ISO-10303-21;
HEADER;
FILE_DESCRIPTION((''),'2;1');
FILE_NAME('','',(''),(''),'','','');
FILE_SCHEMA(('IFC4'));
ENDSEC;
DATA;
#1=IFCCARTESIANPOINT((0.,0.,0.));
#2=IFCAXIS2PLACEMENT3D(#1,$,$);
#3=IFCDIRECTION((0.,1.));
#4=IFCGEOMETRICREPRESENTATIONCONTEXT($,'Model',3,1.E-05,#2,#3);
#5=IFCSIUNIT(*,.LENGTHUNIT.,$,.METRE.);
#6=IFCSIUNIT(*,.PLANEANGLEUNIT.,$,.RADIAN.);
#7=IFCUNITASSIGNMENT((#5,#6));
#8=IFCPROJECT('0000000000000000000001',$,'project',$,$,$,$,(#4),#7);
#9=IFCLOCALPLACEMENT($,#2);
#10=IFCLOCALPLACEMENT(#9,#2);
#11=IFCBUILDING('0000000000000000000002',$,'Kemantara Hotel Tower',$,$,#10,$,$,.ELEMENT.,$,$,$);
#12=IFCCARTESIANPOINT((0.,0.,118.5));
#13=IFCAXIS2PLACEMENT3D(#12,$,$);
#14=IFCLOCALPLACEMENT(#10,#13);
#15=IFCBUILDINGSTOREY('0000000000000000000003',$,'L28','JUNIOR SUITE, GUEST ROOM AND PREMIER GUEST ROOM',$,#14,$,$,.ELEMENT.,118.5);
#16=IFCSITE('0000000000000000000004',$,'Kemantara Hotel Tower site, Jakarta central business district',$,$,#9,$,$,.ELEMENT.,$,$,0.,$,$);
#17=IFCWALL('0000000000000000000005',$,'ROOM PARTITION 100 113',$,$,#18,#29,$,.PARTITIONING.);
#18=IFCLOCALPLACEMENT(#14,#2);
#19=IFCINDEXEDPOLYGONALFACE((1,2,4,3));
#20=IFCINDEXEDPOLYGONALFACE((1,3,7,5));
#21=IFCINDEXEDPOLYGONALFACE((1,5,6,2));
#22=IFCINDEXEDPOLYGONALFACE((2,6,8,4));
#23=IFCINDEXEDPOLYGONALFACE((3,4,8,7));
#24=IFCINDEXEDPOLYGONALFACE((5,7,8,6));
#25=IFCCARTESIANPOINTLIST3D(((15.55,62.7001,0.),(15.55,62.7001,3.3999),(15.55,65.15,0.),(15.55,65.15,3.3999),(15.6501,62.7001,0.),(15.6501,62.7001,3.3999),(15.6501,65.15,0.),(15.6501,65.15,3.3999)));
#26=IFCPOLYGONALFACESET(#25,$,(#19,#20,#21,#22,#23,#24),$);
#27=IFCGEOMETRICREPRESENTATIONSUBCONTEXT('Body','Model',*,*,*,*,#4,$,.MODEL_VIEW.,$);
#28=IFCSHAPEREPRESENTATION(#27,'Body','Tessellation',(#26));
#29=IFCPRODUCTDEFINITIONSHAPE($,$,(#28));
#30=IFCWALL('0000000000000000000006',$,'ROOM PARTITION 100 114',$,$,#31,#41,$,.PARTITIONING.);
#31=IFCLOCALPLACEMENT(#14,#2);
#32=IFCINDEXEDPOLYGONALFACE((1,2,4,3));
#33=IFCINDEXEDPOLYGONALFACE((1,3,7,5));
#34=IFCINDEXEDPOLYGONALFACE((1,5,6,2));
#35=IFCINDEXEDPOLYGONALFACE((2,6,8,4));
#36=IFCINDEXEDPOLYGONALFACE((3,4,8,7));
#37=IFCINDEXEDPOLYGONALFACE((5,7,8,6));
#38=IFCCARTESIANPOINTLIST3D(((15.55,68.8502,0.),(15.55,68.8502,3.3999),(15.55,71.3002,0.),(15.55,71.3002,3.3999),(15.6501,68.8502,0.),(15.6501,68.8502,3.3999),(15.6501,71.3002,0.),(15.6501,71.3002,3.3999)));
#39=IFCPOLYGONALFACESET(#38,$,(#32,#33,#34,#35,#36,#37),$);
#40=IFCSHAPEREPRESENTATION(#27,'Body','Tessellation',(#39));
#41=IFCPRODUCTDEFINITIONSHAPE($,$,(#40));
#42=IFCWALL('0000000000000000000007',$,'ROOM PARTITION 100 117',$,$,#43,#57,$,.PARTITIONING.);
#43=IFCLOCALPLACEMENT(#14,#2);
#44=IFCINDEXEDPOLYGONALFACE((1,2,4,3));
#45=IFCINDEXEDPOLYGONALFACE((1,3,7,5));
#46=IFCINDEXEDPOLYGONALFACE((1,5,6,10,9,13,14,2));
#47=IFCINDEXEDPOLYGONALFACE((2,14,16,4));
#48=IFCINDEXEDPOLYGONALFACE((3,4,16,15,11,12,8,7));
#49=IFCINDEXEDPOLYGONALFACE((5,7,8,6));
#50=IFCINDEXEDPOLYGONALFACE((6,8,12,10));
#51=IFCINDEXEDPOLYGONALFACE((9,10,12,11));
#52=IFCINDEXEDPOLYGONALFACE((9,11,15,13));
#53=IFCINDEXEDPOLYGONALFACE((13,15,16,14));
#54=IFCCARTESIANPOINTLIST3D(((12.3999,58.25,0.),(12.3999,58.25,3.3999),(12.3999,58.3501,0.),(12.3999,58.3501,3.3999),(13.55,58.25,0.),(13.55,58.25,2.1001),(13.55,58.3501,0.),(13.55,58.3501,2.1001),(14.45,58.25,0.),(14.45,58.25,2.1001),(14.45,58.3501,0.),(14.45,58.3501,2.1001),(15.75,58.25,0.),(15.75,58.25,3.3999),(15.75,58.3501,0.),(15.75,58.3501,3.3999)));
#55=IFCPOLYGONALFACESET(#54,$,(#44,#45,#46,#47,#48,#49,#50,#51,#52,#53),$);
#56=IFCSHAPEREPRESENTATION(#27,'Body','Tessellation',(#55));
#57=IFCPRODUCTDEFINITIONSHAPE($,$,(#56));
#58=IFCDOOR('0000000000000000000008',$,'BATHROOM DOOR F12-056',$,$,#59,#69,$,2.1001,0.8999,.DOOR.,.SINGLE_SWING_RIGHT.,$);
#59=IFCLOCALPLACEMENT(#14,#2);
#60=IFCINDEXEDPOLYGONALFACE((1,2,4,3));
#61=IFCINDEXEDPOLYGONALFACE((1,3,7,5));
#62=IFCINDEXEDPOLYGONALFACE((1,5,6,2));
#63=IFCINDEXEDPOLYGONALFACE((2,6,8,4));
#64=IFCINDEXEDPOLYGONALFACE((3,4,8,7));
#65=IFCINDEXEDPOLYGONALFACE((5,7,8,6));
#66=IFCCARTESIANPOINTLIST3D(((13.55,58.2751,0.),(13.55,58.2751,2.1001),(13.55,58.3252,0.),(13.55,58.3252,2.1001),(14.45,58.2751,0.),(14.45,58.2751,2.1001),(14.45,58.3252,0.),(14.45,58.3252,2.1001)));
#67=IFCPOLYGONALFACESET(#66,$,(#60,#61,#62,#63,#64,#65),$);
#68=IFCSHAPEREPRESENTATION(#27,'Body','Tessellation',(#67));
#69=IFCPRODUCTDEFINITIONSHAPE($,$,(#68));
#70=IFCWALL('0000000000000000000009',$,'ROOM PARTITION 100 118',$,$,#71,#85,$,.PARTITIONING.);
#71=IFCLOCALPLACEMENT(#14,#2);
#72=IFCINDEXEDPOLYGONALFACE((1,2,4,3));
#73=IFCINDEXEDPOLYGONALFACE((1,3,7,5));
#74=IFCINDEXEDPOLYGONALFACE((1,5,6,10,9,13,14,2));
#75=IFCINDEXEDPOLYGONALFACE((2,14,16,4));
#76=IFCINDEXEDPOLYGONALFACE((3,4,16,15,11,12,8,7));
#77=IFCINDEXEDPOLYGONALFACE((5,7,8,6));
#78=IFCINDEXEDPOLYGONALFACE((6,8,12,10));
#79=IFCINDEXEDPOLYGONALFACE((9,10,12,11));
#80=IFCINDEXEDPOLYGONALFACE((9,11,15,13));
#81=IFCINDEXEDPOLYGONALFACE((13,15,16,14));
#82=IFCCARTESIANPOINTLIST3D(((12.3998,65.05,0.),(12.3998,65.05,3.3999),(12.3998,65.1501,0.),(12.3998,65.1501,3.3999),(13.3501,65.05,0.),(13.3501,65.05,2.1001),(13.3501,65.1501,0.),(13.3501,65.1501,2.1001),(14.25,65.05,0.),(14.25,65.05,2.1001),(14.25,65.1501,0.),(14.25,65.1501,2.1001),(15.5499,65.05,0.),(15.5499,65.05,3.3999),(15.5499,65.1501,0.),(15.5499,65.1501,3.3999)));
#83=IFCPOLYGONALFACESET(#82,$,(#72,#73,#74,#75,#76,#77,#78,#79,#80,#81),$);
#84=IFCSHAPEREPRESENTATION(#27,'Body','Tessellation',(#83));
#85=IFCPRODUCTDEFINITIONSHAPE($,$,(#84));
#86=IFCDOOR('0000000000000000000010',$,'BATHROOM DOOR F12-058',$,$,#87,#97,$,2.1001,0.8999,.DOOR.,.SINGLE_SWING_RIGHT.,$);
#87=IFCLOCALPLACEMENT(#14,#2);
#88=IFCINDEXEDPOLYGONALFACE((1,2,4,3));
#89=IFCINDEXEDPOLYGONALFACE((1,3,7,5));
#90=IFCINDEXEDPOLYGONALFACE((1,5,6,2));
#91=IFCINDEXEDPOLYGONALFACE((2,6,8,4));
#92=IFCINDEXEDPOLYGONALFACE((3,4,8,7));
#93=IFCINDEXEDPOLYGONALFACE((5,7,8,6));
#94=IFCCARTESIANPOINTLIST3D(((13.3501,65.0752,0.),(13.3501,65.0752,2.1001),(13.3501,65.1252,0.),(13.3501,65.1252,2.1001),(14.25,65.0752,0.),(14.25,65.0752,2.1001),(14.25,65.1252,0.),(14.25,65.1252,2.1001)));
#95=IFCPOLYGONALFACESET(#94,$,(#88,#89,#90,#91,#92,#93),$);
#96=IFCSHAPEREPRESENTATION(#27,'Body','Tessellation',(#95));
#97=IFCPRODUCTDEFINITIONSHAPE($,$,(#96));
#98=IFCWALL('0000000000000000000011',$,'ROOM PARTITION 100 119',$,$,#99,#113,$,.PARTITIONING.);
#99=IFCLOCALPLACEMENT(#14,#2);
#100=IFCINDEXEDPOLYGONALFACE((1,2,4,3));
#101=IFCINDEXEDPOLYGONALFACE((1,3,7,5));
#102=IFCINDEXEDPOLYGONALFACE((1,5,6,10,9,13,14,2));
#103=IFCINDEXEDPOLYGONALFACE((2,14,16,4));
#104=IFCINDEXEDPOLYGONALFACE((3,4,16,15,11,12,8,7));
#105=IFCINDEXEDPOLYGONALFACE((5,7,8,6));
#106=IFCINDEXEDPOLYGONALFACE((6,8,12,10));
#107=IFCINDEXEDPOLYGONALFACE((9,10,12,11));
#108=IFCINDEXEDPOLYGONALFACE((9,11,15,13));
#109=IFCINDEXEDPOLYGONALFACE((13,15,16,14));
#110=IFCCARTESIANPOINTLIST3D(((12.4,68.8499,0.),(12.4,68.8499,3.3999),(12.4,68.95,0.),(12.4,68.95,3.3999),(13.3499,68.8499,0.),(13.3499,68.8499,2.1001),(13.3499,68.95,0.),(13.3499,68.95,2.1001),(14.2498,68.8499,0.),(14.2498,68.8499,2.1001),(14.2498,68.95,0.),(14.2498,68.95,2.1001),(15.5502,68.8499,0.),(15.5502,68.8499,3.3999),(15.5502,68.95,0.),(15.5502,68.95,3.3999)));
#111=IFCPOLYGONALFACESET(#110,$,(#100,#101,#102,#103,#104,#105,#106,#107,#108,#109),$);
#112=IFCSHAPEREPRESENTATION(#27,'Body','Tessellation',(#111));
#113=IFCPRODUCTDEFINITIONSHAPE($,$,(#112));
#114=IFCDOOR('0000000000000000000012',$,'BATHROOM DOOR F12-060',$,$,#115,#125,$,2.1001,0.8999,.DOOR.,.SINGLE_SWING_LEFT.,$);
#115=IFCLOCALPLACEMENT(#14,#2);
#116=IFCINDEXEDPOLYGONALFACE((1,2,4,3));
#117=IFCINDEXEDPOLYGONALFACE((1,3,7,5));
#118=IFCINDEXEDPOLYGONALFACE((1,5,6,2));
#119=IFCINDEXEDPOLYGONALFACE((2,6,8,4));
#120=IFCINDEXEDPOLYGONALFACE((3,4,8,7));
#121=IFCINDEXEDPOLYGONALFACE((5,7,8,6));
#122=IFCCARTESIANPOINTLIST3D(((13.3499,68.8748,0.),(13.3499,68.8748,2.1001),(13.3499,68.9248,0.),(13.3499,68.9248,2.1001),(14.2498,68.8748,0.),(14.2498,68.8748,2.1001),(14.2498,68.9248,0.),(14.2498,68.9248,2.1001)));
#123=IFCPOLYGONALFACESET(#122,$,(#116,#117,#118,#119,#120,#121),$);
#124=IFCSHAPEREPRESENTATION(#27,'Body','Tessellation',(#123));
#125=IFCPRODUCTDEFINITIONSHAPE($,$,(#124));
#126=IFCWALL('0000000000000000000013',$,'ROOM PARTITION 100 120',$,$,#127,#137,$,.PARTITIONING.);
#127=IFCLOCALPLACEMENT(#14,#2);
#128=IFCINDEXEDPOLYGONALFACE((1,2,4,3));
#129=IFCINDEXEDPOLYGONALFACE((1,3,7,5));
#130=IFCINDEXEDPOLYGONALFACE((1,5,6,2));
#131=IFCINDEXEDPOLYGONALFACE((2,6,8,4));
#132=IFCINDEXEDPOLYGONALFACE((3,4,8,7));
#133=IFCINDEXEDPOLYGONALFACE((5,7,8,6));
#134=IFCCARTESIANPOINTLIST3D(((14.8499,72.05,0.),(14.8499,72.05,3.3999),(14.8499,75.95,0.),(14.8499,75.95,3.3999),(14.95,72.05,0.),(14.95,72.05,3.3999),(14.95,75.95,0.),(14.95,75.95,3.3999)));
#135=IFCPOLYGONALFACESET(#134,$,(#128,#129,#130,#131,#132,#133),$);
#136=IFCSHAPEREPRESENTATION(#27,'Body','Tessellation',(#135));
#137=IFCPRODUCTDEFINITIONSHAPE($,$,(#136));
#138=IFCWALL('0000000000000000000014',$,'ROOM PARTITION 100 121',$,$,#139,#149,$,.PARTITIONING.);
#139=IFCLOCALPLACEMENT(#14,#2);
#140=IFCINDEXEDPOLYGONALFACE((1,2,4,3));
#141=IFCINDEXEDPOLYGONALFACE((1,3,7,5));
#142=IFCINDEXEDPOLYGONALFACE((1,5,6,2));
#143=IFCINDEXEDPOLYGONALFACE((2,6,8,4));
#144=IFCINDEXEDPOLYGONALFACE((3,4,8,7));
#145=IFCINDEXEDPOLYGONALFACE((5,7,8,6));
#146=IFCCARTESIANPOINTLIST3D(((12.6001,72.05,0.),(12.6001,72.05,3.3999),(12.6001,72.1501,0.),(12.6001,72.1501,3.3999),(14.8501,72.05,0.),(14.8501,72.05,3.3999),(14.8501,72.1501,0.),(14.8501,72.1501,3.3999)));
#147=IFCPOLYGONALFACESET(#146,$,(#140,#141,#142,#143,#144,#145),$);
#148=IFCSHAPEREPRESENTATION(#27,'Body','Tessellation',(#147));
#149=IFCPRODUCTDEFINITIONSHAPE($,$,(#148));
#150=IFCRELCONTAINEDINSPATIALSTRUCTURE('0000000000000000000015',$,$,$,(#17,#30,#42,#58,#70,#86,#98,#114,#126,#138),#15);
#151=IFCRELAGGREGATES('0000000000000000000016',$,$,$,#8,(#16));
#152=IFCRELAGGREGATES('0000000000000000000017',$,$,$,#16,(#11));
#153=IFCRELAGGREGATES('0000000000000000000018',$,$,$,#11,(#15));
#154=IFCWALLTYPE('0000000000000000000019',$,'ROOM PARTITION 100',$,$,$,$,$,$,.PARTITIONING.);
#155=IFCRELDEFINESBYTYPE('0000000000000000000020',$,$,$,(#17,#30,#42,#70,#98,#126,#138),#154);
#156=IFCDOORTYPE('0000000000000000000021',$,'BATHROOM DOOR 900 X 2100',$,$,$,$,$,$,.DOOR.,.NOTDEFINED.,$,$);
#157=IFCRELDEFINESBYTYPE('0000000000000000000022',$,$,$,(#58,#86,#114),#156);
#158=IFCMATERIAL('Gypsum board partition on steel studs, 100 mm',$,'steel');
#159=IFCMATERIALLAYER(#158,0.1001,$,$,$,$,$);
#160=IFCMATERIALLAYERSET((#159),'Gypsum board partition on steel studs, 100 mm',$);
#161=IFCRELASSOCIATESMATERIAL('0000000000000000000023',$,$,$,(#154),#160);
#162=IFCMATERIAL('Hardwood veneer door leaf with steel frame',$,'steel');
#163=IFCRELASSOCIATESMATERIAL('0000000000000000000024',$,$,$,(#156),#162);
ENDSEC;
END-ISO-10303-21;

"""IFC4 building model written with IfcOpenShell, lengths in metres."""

from ifc_helpers import new_model, si_unit, direction, frame, frame_2d, origin, place, context, subcontext, project, spatial, rectangle, extrude, material, layer, layer_set, type_object, element, fill, save


model = new_model("IFC4")

# Units and contexts
model_context = context("Model", 3, precision=1e-05, world=origin(), true_north=direction((0.0, 1.0)))
body_context = subcontext(model_context, "Body", "Model", "MODEL_VIEW")
ifc_project = project(units=[si_unit("LENGTHUNIT", "METRE"), si_unit("PLANEANGLEUNIT", "RADIAN")], contexts=[model_context])

# Site, building, storey
site_placement = place(None, origin())
site = spatial("IfcSite", under=ifc_project, at=site_placement, Name="Kemantara Hotel Tower site, Jakarta central business district", CompositionType="ELEMENT", RefElevation=0.0)
building_placement = place(site_placement, origin())
building = spatial("IfcBuilding", under=site, at=building_placement, Name="Kemantara Hotel Tower", CompositionType="ELEMENT")
storey_placement = place(building_placement, frame((0.0, 0.0, 118.5)))
storey = spatial("IfcBuildingStorey", under=building, at=storey_placement, Name="L28", Description="JUNIOR SUITE, GUEST ROOM AND PREMIER GUEST ROOM", CompositionType="ELEMENT", Elevation=118.5)

# Walls
ifc_material_1 = material(Name="Gypsum board partition on steel studs, 100 mm", Category="steel")
ifc_layer_1 = layer(ifc_material_1, 0.1001)
ifc_layer_set_1 = layer_set([ifc_layer_1], Name="Gypsum board partition on steel studs, 100 mm")
wall_type_1 = type_object("IfcWallType", Name="ROOM PARTITION 100", PredefinedType="PARTITIONING", material=ifc_layer_set_1)
for number, where, z_axis, x_axis, name in (
    (1, (15.6001, 62.7, 0.0), (0.0, 0.0, 1.0), (0.0, 1.0, 0.0), "ROOM PARTITION 100 113"),
    (2, (15.6001, 68.8501, 0.0), (0.0, 0.0, 1.0), (0.0, 1.0, 0.0), "ROOM PARTITION 100 114"),
):
    element("IfcWall", number, at=place(storey_placement, frame(where, z_axis=z_axis, x_axis=x_axis)), inside=storey, type_object=wall_type_1, Name=name, PredefinedType="PARTITIONING", context=body_context, shape_type="SweptSolid", body=[
        extrude(rectangle(XDim=2.45, YDim=0.1001, at=frame_2d((1.2251, 0.0))), origin(), (0.0, 0.0, 1.0), 3.3999),
    ])

# Walls, openings, doors
wall_1_placement = place(storey_placement, frame((15.75, 58.3, 0.0), z_axis=(0.0, 0.0, 1.0), x_axis=(-1.0, 0.0, 0.0)))
wall_1 = element("IfcWall", 3, at=wall_1_placement, inside=storey, type_object=wall_type_1, Name="ROOM PARTITION 100 117", PredefinedType="PARTITIONING", context=body_context, shape_type="SweptSolid", body=[
    extrude(rectangle(XDim=3.3501, YDim=0.1001, at=frame_2d((1.675, 0.0))), origin(), (0.0, 0.0, 1.0), 3.3999),
])
opening_1_placement = place(wall_1_placement, frame((1.3, 0.0, 0.0)))
opening_1 = element("IfcOpeningElement", 4, at=opening_1_placement, cuts=wall_1, PredefinedType="OPENING", context=body_context, shape_type="SweptSolid", body=[
    extrude(rectangle(XDim=0.8999, YDim=2.1001, at=frame_2d((0.45, 1.05))), frame((0.0, 0.0601, 0.0), z_axis=(0.0, -1.0, 0.0), x_axis=(1.0, 0.0, 0.0)), (0.0, 0.0, 1.0), 0.1201),
])
ifc_material_2 = material(Name="Hardwood veneer door leaf with steel frame", Category="steel")
door_type = type_object("IfcDoorType", Name="BATHROOM DOOR 900 X 2100", OperationType="NOTDEFINED", PredefinedType="DOOR", material=ifc_material_2)
door_1_placement = place(opening_1_placement, origin())
door_1 = element("IfcDoor", 5, at=door_1_placement, inside=storey, type_object=door_type, Name="BATHROOM DOOR F12-056", OperationType="SINGLE_SWING_RIGHT", OverallHeight=2.1001, OverallWidth=0.8999, PredefinedType="DOOR", context=body_context, shape_type="SweptSolid", body=[
    extrude(rectangle(XDim=0.8999, YDim=2.1001, at=frame_2d((0.45, 1.05))), frame((0.0, 0.0249, 0.0), z_axis=(0.0, -1.0, 0.0), x_axis=(1.0, 0.0, 0.0)), (0.0, 0.0, 1.0), 0.05),
])
fill(opening_1, door_1)
wall_2_placement = place(storey_placement, frame((15.55, 65.1001, 0.0), z_axis=(0.0, 0.0, 1.0), x_axis=(-1.0, 0.0, 0.0)))
wall_2 = element("IfcWall", 6, at=wall_2_placement, inside=storey, type_object=wall_type_1, Name="ROOM PARTITION 100 118", PredefinedType="PARTITIONING", context=body_context, shape_type="SweptSolid", body=[
    extrude(rectangle(XDim=3.1501, YDim=0.1001, at=frame_2d((1.5752, 0.0))), origin(), (0.0, 0.0, 1.0), 3.3999),
])
opening_2_placement = place(wall_2_placement, frame((1.3, 0.0, 0.0)))
opening_2 = element("IfcOpeningElement", 7, at=opening_2_placement, cuts=wall_2, PredefinedType="OPENING", context=body_context, shape_type="SweptSolid", body=[
    extrude(rectangle(XDim=0.8999, YDim=2.1001, at=frame_2d((0.45, 1.05))), frame((0.0, 0.0601, 0.0), z_axis=(0.0, -1.0, 0.0), x_axis=(1.0, 0.0, 0.0)), (0.0, 0.0, 1.0), 0.1201),
])
door_2_placement = place(opening_2_placement, origin())
door_2 = element("IfcDoor", 8, at=door_2_placement, inside=storey, type_object=door_type, Name="BATHROOM DOOR F12-058", OperationType="SINGLE_SWING_RIGHT", OverallHeight=2.1001, OverallWidth=0.8999, PredefinedType="DOOR", context=body_context, shape_type="SweptSolid", body=[
    extrude(rectangle(XDim=0.8999, YDim=2.1001, at=frame_2d((0.45, 1.05))), frame((0.0, 0.0249, 0.0), z_axis=(0.0, -1.0, 0.0), x_axis=(1.0, 0.0, 0.0)), (0.0, 0.0, 1.0), 0.05),
])
fill(opening_2, door_2)
wall_3_placement = place(storey_placement, frame((12.3999, 68.8999, 0.0), z_axis=(0.0, 0.0, 1.0), x_axis=(1.0, 0.0, 0.0)))
wall_3 = element("IfcWall", 9, at=wall_3_placement, inside=storey, type_object=wall_type_1, Name="ROOM PARTITION 100 119", PredefinedType="PARTITIONING", context=body_context, shape_type="SweptSolid", body=[
    extrude(rectangle(XDim=3.1501, YDim=0.1001, at=frame_2d((1.5752, 0.0))), origin(), (0.0, 0.0, 1.0), 3.3999),
])
opening_3_placement = place(wall_3_placement, frame((0.95, 0.0, 0.0)))
opening_3 = element("IfcOpeningElement", 10, at=opening_3_placement, cuts=wall_3, PredefinedType="OPENING", context=body_context, shape_type="SweptSolid", body=[
    extrude(rectangle(XDim=0.8999, YDim=2.1001, at=frame_2d((0.45, 1.05))), frame((0.0, 0.0601, 0.0), z_axis=(0.0, -1.0, 0.0), x_axis=(1.0, 0.0, 0.0)), (0.0, 0.0, 1.0), 0.1201),
])
door_3_placement = place(opening_3_placement, origin())
door_3 = element("IfcDoor", 11, at=door_3_placement, inside=storey, type_object=door_type, Name="BATHROOM DOOR F12-060", OperationType="SINGLE_SWING_LEFT", OverallHeight=2.1001, OverallWidth=0.8999, PredefinedType="DOOR", context=body_context, shape_type="SweptSolid", body=[
    extrude(rectangle(XDim=0.8999, YDim=2.1001, at=frame_2d((0.45, 1.05))), frame((0.0, 0.0249, 0.0), z_axis=(0.0, -1.0, 0.0), x_axis=(1.0, 0.0, 0.0)), (0.0, 0.0, 1.0), 0.05),
])
fill(opening_3, door_3)

# Walls
wall_4_placement = place(storey_placement, frame((14.8999, 72.05, 0.0), z_axis=(0.0, 0.0, 1.0), x_axis=(0.0, 1.0, 0.0)))
element("IfcWall", 12, at=wall_4_placement, inside=storey, type_object=wall_type_1, Name="ROOM PARTITION 100 120", PredefinedType="PARTITIONING", context=body_context, shape_type="SweptSolid", body=[
    extrude(rectangle(XDim=3.8999, YDim=0.1001, at=frame_2d((1.95, 0.0))), origin(), (0.0, 0.0, 1.0), 3.3999),
])
wall_5_placement = place(storey_placement, frame((12.6001, 72.1001, 0.0), z_axis=(0.0, 0.0, 1.0), x_axis=(1.0, 0.0, 0.0)))
element("IfcWall", 13, at=wall_5_placement, inside=storey, type_object=wall_type_1, Name="ROOM PARTITION 100 121", PredefinedType="PARTITIONING", context=body_context, shape_type="SweptSolid", body=[
    extrude(rectangle(XDim=2.25, YDim=0.1001, at=frame_2d((1.125, 0.0))), origin(), (0.0, 0.0, 1.0), 3.3999),
])

save(model, "model.ifc")
